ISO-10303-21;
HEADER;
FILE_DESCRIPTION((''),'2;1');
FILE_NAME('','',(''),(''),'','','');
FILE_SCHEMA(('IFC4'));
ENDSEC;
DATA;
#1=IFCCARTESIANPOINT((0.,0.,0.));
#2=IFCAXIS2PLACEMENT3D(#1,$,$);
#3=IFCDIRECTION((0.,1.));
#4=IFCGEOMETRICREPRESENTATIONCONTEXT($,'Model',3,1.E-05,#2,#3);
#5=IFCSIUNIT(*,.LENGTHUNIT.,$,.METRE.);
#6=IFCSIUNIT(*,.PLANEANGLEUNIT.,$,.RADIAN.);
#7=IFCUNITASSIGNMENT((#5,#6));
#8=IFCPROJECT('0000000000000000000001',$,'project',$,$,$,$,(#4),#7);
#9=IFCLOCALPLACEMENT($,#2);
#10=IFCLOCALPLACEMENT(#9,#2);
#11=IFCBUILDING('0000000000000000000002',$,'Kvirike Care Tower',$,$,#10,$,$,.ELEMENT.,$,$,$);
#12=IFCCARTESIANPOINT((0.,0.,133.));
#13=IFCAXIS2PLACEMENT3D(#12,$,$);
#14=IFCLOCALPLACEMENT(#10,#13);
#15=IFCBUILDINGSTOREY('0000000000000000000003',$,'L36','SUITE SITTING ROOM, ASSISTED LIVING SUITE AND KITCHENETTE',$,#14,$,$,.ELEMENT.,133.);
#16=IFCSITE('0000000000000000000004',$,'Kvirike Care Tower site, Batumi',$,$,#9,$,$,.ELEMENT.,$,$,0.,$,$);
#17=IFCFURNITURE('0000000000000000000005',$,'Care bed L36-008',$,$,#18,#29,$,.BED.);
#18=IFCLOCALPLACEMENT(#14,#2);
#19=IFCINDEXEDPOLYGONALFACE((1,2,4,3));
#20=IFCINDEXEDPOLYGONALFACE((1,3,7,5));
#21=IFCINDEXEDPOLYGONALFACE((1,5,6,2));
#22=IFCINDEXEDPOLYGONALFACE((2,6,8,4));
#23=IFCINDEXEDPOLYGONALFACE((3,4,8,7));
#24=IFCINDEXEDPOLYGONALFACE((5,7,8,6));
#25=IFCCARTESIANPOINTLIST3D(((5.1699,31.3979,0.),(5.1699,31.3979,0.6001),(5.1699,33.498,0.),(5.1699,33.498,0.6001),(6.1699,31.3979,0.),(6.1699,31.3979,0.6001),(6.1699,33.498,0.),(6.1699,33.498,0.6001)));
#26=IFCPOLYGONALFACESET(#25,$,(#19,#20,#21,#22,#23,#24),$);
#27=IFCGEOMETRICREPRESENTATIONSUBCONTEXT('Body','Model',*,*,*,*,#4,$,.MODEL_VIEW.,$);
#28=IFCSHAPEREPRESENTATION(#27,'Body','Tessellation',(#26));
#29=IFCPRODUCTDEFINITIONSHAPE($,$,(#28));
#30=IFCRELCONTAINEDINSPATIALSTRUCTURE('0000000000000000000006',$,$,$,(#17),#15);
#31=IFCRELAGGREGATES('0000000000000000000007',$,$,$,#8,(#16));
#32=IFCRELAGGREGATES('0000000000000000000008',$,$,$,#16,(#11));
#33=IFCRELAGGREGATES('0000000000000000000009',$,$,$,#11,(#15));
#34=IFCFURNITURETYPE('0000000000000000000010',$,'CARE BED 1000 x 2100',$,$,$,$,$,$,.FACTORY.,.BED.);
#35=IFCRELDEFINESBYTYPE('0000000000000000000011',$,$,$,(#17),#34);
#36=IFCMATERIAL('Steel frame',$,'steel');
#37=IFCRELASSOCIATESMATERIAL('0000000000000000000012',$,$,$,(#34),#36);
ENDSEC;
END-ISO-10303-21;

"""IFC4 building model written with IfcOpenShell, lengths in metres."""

from ifc_helpers import new_model, si_unit, direction, frame, origin, origin_2d, place, context, subcontext, project, spatial, rectangle, extrude, material, type_object, element, save


model = new_model("IFC4")

# Units and contexts
model_context = context("Model", 3, precision=1e-05, world=origin(), true_north=direction((0.0, 1.0)))
body_context = subcontext(model_context, "Body", "Model", "MODEL_VIEW")
ifc_project = project(units=[si_unit("LENGTHUNIT", "METRE"), si_unit("PLANEANGLEUNIT", "RADIAN")], contexts=[model_context])

# Site, building, storey
site_placement = place(None, origin())
site = spatial("IfcSite", under=ifc_project, at=site_placement, Name="Kvirike Care Tower site, Batumi", CompositionType="ELEMENT", RefElevation=0.0)
building_placement = place(site_placement, origin())
building = spatial("IfcBuilding", under=site, at=building_placement, Name="Kvirike Care Tower", CompositionType="ELEMENT")
storey_placement = place(building_placement, frame((0.0, 0.0, 133.0)))
storey = spatial("IfcBuildingStorey", under=building, at=storey_placement, Name="L36", Description="SUITE SITTING ROOM, ASSISTED LIVING SUITE AND KITCHENETTE", CompositionType="ELEMENT", Elevation=133.0)

# Furniture
ifc_material_1 = material(Name="Steel frame", Category="steel")
furniture_type = type_object("IfcFurnitureType", Name="CARE BED 1000 x 2100", AssemblyPlace="FACTORY", PredefinedType="BED", material=ifc_material_1)
furniture_placement = place(storey_placement, frame((5.6699, 32.448, 0.0), z_axis=(0.0, 0.0, 1.0), x_axis=(1.0, 0.0, 0.0)))
element("IfcFurniture", 1, at=furniture_placement, inside=storey, type_object=furniture_type, Name="Care bed L36-008", PredefinedType="BED", context=body_context, shape_type="SweptSolid", body=[
    extrude(rectangle(XDim=1.0, YDim=2.1001, at=origin_2d()), origin(), (0.0, 0.0, 1.0), 0.6001),
])

save(model, "model.ifc")
